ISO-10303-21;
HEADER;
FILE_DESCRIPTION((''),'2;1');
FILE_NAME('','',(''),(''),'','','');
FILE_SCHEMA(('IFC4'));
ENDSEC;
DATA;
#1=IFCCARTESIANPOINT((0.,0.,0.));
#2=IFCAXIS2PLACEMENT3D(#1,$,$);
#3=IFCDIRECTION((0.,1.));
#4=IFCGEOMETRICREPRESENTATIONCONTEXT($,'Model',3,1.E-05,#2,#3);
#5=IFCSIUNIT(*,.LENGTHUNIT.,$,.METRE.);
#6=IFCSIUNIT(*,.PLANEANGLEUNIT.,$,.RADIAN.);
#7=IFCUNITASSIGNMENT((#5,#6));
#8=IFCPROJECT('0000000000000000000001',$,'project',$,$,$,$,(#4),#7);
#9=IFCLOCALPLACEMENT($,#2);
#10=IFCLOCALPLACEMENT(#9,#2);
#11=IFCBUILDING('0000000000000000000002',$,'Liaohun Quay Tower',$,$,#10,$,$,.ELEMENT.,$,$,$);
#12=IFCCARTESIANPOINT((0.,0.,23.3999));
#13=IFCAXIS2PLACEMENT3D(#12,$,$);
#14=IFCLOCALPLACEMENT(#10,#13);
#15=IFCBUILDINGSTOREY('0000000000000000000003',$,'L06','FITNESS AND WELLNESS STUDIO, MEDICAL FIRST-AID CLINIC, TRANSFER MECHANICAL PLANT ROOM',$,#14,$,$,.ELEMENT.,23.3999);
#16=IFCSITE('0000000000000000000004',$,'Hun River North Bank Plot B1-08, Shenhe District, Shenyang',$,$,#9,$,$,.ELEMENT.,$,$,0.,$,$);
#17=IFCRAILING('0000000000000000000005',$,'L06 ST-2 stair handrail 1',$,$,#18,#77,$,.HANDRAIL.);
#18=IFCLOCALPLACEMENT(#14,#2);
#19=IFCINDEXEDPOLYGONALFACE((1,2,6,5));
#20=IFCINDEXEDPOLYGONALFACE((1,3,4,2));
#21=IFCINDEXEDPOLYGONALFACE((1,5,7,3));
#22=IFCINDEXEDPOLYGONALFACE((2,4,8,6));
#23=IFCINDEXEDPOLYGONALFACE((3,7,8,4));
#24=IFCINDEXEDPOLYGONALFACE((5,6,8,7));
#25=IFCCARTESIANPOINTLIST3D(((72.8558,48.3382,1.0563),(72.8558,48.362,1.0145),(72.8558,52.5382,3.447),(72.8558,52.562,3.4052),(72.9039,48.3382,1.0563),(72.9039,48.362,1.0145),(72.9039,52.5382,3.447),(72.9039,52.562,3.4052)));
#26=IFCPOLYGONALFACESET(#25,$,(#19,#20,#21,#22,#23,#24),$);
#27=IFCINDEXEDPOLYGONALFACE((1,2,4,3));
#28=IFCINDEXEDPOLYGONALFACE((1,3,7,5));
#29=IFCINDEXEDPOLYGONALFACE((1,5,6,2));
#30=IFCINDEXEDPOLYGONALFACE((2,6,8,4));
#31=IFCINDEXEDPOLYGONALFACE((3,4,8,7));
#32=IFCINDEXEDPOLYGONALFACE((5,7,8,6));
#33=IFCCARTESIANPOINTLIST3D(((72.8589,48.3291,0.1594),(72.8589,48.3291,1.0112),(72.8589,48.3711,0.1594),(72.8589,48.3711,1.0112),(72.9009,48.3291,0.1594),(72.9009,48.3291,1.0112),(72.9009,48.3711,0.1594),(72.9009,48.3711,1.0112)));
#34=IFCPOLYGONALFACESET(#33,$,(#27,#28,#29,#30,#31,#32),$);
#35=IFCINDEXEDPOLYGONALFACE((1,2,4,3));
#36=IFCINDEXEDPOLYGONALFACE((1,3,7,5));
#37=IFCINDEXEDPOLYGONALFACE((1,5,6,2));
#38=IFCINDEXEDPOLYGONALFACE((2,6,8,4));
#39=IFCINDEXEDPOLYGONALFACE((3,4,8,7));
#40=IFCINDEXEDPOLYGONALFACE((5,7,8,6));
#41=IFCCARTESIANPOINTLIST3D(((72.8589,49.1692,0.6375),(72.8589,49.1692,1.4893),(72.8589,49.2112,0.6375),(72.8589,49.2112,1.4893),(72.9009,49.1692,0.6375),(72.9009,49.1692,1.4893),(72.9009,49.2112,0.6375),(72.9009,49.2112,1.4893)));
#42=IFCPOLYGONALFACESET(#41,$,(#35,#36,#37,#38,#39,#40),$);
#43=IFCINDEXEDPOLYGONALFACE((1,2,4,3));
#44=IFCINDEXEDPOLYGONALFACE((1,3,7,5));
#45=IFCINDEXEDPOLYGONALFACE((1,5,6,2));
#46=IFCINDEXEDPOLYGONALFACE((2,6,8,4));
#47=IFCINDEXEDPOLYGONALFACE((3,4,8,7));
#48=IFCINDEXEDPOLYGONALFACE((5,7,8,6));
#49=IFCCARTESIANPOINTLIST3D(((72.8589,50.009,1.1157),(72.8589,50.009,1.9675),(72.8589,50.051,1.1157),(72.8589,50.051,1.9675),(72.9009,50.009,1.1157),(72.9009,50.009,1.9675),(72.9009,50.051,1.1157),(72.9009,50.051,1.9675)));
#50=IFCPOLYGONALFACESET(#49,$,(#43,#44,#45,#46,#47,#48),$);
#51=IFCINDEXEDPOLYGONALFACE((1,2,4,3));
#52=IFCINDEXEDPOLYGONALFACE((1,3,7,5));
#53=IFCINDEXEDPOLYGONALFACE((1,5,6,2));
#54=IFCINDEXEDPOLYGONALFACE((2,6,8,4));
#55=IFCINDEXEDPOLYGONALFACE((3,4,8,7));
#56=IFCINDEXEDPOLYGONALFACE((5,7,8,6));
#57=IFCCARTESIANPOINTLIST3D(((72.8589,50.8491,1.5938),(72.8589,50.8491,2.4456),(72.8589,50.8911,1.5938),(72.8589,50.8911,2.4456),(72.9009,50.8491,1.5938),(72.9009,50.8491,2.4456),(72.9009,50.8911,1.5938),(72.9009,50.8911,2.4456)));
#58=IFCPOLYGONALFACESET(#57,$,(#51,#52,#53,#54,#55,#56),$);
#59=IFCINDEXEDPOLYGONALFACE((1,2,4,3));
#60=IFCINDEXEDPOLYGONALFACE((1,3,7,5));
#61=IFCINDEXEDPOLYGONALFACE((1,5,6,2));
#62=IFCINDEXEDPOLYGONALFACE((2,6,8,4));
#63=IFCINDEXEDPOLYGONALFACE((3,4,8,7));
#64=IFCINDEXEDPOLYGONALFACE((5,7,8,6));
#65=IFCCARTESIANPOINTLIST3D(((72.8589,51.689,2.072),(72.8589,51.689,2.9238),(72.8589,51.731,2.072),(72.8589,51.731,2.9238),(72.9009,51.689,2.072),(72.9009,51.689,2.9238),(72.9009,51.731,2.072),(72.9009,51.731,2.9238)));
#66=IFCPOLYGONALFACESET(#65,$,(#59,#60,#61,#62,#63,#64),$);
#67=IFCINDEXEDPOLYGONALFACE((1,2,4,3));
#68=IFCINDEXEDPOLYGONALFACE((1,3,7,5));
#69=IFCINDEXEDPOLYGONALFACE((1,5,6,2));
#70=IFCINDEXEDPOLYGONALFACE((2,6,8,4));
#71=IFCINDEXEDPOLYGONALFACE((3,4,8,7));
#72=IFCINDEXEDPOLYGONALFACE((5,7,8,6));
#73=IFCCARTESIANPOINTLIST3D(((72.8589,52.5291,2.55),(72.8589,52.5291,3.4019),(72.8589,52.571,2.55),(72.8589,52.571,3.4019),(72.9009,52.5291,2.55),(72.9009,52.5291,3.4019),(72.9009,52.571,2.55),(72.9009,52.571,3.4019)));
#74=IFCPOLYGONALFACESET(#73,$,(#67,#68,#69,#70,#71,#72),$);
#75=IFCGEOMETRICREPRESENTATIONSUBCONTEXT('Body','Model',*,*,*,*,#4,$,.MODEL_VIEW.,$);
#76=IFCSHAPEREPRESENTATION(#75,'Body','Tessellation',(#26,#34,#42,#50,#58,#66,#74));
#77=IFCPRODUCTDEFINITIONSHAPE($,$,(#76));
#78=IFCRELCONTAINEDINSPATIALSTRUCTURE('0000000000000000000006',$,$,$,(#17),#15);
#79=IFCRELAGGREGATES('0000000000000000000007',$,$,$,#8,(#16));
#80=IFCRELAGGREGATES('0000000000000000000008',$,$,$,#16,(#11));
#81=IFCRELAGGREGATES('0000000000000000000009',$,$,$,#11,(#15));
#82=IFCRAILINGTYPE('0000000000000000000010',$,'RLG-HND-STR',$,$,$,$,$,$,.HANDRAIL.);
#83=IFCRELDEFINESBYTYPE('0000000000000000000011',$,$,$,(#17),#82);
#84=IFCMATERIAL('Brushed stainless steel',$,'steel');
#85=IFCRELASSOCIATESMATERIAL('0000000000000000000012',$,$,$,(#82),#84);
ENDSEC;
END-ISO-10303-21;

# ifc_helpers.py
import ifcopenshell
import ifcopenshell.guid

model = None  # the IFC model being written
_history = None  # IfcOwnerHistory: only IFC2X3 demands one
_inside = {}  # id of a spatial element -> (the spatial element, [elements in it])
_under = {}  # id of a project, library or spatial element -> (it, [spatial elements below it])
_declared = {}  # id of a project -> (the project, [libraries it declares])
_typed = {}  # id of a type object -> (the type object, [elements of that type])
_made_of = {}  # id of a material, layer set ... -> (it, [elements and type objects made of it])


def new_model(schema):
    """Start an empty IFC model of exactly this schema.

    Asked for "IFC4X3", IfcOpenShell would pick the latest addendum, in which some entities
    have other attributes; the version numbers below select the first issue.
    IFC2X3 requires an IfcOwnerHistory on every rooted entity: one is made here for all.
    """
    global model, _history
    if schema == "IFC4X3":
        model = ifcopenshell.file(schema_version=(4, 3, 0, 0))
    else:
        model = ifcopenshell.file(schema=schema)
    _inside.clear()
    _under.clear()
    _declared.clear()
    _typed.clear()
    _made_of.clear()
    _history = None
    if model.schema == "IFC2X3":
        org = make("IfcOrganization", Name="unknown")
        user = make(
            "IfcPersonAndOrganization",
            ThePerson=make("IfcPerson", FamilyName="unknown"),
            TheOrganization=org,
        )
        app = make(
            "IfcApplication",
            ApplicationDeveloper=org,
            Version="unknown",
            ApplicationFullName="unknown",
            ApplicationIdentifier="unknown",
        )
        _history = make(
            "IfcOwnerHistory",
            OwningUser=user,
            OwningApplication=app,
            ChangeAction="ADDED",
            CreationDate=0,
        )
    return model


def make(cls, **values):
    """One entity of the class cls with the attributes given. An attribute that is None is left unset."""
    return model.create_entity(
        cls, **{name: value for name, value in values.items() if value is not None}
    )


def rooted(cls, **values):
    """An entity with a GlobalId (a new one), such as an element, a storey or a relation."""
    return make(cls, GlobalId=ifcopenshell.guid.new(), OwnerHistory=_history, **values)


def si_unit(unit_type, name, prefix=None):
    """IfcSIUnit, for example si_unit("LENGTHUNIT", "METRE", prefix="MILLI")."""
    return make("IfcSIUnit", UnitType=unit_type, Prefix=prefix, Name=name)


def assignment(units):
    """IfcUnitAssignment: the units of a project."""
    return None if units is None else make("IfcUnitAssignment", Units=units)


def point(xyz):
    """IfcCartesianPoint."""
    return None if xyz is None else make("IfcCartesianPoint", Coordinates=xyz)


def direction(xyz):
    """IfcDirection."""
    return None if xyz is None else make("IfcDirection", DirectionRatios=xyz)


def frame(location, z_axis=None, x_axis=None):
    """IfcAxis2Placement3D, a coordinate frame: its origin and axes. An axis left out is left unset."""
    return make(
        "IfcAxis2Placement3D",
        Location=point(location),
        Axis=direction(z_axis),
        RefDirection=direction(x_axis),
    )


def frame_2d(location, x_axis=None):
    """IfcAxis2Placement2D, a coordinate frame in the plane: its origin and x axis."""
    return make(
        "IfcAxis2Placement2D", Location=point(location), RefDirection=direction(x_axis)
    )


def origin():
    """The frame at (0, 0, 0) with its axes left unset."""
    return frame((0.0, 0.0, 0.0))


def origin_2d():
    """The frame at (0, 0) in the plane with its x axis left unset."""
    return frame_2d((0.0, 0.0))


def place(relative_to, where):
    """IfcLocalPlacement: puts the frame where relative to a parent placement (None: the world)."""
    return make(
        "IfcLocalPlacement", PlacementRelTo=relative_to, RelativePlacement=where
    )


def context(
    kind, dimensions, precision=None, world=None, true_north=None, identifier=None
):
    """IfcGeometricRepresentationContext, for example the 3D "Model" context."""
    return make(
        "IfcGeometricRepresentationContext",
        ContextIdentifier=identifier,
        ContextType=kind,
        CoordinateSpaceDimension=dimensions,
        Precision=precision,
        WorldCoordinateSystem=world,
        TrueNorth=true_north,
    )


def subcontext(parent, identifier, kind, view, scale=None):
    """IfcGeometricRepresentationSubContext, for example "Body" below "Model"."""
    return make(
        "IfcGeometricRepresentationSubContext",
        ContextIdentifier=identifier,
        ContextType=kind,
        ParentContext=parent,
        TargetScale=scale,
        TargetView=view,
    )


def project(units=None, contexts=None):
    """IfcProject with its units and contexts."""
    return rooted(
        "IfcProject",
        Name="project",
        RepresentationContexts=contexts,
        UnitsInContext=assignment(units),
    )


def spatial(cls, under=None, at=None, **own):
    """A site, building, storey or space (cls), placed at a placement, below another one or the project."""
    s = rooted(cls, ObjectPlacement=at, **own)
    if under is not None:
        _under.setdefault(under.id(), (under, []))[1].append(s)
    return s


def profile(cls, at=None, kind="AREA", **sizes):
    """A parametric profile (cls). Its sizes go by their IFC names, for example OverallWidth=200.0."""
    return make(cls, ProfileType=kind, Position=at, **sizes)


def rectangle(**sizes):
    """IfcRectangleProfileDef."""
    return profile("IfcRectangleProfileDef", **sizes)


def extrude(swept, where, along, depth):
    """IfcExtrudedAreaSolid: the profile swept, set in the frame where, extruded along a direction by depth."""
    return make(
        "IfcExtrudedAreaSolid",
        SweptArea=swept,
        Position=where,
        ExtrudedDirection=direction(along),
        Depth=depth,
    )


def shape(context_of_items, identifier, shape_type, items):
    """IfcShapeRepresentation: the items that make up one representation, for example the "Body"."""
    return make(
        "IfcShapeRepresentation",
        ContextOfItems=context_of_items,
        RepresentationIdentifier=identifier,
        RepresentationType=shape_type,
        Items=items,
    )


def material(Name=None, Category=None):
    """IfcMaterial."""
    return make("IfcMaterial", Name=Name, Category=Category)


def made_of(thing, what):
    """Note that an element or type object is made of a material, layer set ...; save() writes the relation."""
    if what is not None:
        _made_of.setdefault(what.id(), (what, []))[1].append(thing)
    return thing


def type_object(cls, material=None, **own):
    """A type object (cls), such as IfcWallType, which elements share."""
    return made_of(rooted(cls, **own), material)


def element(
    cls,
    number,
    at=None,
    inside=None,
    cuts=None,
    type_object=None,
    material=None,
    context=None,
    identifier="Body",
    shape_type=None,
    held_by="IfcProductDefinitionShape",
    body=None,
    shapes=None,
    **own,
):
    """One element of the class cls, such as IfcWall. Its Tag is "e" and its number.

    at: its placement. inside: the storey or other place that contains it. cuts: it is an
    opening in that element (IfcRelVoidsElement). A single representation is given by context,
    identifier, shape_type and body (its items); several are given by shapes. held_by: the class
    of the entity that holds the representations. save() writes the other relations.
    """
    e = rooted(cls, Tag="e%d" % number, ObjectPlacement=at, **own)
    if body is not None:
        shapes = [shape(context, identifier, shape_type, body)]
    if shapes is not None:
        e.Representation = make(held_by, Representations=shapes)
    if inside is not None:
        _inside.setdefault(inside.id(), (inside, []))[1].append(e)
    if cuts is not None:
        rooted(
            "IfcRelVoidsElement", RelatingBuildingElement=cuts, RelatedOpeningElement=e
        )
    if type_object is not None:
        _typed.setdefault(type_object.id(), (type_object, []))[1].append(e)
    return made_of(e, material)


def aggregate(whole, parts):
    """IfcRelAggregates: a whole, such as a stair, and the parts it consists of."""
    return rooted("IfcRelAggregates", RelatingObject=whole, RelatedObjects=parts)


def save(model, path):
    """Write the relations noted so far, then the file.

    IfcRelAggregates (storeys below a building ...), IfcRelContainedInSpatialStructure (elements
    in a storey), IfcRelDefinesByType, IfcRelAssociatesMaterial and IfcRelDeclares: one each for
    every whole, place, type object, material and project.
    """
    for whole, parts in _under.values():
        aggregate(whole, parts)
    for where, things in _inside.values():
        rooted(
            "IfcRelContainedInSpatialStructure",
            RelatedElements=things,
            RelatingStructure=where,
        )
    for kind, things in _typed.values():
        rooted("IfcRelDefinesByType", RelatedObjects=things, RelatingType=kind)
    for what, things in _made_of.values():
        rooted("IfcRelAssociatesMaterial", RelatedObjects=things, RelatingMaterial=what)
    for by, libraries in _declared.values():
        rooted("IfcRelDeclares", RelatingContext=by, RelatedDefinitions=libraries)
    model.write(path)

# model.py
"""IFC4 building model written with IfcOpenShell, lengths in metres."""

from ifc_helpers import new_model, si_unit, direction, frame, origin, origin_2d, place, context, subcontext, project, spatial, rectangle, extrude, material, type_object, element, save


model = new_model("IFC4")

# Units and contexts
model_context = context("Model", 3, precision=1e-05, world=origin(), true_north=direction((0.0, 1.0)))
body_context = subcontext(model_context, "Body", "Model", "MODEL_VIEW")
ifc_project = project(units=[si_unit("LENGTHUNIT", "METRE"), si_unit("PLANEANGLEUNIT", "RADIAN")], contexts=[model_context])

# Site, building, storey
site_placement = place(None, origin())
site = spatial("IfcSite", under=ifc_project, at=site_placement, Name="Hun River North Bank Plot B1-08, Shenhe District, Shenyang", CompositionType="ELEMENT", RefElevation=0.0)
building_placement = place(site_placement, origin())
building = spatial("IfcBuilding", under=site, at=building_placement, Name="Liaohun Quay Tower", CompositionType="ELEMENT")
storey_placement = place(building_placement, frame((0.0, 0.0, 23.3999)))
storey = spatial("IfcBuildingStorey", under=building, at=storey_placement, Name="L06", Description="FITNESS AND WELLNESS STUDIO, MEDICAL FIRST-AID CLINIC, TRANSFER MECHANICAL PLANT ROOM", CompositionType="ELEMENT", Elevation=23.3999)

# Railing
ifc_material_1 = material(Name="Brushed stainless steel", Category="steel")
railing_type = type_object("IfcRailingType", Name="RLG-HND-STR", PredefinedType="HANDRAIL", material=ifc_material_1)
railing_placement = place(storey_placement, frame((72.8799, 48.3501, 0.1594)))
element("IfcRailing", 1, at=railing_placement, inside=storey, type_object=railing_type, Name="L06 ST-2 stair handrail 1", PredefinedType="HANDRAIL", context=body_context, shape_type="SweptSolid", body=[
    extrude(rectangle(XDim=0.0481, YDim=0.0481, at=origin_2d()), frame((0.0, 0.0, 0.876), z_axis=(0.0, 0.869075, 0.49468), x_axis=(-1.0, 0.0, 0.0)), (0.0, 0.0, 1.0), 4.8328),
    extrude(rectangle(XDim=0.042, YDim=0.042, at=origin_2d()), origin(), (0.0, 0.0, 1.0), 0.8518),
    extrude(rectangle(XDim=0.042, YDim=0.042, at=origin_2d()), frame((0.0, 0.8401, 0.478)), (0.0, 0.0, 1.0), 0.8518),
    extrude(rectangle(XDim=0.042, YDim=0.042, at=origin_2d()), frame((0.0, 1.6799, 0.9563)), (0.0, 0.0, 1.0), 0.8518),
    extrude(rectangle(XDim=0.042, YDim=0.042, at=origin_2d()), frame((0.0, 2.52, 1.4343)), (0.0, 0.0, 1.0), 0.8518),
    extrude(rectangle(XDim=0.042, YDim=0.042, at=origin_2d()), frame((0.0, 3.3599, 1.9126)), (0.0, 0.0, 1.0), 0.8518),
    extrude(rectangle(XDim=0.042, YDim=0.042, at=origin_2d()), frame((0.0, 4.2, 2.3906)), (0.0, 0.0, 1.0), 0.8518),
])

save(model, "model.ifc")
